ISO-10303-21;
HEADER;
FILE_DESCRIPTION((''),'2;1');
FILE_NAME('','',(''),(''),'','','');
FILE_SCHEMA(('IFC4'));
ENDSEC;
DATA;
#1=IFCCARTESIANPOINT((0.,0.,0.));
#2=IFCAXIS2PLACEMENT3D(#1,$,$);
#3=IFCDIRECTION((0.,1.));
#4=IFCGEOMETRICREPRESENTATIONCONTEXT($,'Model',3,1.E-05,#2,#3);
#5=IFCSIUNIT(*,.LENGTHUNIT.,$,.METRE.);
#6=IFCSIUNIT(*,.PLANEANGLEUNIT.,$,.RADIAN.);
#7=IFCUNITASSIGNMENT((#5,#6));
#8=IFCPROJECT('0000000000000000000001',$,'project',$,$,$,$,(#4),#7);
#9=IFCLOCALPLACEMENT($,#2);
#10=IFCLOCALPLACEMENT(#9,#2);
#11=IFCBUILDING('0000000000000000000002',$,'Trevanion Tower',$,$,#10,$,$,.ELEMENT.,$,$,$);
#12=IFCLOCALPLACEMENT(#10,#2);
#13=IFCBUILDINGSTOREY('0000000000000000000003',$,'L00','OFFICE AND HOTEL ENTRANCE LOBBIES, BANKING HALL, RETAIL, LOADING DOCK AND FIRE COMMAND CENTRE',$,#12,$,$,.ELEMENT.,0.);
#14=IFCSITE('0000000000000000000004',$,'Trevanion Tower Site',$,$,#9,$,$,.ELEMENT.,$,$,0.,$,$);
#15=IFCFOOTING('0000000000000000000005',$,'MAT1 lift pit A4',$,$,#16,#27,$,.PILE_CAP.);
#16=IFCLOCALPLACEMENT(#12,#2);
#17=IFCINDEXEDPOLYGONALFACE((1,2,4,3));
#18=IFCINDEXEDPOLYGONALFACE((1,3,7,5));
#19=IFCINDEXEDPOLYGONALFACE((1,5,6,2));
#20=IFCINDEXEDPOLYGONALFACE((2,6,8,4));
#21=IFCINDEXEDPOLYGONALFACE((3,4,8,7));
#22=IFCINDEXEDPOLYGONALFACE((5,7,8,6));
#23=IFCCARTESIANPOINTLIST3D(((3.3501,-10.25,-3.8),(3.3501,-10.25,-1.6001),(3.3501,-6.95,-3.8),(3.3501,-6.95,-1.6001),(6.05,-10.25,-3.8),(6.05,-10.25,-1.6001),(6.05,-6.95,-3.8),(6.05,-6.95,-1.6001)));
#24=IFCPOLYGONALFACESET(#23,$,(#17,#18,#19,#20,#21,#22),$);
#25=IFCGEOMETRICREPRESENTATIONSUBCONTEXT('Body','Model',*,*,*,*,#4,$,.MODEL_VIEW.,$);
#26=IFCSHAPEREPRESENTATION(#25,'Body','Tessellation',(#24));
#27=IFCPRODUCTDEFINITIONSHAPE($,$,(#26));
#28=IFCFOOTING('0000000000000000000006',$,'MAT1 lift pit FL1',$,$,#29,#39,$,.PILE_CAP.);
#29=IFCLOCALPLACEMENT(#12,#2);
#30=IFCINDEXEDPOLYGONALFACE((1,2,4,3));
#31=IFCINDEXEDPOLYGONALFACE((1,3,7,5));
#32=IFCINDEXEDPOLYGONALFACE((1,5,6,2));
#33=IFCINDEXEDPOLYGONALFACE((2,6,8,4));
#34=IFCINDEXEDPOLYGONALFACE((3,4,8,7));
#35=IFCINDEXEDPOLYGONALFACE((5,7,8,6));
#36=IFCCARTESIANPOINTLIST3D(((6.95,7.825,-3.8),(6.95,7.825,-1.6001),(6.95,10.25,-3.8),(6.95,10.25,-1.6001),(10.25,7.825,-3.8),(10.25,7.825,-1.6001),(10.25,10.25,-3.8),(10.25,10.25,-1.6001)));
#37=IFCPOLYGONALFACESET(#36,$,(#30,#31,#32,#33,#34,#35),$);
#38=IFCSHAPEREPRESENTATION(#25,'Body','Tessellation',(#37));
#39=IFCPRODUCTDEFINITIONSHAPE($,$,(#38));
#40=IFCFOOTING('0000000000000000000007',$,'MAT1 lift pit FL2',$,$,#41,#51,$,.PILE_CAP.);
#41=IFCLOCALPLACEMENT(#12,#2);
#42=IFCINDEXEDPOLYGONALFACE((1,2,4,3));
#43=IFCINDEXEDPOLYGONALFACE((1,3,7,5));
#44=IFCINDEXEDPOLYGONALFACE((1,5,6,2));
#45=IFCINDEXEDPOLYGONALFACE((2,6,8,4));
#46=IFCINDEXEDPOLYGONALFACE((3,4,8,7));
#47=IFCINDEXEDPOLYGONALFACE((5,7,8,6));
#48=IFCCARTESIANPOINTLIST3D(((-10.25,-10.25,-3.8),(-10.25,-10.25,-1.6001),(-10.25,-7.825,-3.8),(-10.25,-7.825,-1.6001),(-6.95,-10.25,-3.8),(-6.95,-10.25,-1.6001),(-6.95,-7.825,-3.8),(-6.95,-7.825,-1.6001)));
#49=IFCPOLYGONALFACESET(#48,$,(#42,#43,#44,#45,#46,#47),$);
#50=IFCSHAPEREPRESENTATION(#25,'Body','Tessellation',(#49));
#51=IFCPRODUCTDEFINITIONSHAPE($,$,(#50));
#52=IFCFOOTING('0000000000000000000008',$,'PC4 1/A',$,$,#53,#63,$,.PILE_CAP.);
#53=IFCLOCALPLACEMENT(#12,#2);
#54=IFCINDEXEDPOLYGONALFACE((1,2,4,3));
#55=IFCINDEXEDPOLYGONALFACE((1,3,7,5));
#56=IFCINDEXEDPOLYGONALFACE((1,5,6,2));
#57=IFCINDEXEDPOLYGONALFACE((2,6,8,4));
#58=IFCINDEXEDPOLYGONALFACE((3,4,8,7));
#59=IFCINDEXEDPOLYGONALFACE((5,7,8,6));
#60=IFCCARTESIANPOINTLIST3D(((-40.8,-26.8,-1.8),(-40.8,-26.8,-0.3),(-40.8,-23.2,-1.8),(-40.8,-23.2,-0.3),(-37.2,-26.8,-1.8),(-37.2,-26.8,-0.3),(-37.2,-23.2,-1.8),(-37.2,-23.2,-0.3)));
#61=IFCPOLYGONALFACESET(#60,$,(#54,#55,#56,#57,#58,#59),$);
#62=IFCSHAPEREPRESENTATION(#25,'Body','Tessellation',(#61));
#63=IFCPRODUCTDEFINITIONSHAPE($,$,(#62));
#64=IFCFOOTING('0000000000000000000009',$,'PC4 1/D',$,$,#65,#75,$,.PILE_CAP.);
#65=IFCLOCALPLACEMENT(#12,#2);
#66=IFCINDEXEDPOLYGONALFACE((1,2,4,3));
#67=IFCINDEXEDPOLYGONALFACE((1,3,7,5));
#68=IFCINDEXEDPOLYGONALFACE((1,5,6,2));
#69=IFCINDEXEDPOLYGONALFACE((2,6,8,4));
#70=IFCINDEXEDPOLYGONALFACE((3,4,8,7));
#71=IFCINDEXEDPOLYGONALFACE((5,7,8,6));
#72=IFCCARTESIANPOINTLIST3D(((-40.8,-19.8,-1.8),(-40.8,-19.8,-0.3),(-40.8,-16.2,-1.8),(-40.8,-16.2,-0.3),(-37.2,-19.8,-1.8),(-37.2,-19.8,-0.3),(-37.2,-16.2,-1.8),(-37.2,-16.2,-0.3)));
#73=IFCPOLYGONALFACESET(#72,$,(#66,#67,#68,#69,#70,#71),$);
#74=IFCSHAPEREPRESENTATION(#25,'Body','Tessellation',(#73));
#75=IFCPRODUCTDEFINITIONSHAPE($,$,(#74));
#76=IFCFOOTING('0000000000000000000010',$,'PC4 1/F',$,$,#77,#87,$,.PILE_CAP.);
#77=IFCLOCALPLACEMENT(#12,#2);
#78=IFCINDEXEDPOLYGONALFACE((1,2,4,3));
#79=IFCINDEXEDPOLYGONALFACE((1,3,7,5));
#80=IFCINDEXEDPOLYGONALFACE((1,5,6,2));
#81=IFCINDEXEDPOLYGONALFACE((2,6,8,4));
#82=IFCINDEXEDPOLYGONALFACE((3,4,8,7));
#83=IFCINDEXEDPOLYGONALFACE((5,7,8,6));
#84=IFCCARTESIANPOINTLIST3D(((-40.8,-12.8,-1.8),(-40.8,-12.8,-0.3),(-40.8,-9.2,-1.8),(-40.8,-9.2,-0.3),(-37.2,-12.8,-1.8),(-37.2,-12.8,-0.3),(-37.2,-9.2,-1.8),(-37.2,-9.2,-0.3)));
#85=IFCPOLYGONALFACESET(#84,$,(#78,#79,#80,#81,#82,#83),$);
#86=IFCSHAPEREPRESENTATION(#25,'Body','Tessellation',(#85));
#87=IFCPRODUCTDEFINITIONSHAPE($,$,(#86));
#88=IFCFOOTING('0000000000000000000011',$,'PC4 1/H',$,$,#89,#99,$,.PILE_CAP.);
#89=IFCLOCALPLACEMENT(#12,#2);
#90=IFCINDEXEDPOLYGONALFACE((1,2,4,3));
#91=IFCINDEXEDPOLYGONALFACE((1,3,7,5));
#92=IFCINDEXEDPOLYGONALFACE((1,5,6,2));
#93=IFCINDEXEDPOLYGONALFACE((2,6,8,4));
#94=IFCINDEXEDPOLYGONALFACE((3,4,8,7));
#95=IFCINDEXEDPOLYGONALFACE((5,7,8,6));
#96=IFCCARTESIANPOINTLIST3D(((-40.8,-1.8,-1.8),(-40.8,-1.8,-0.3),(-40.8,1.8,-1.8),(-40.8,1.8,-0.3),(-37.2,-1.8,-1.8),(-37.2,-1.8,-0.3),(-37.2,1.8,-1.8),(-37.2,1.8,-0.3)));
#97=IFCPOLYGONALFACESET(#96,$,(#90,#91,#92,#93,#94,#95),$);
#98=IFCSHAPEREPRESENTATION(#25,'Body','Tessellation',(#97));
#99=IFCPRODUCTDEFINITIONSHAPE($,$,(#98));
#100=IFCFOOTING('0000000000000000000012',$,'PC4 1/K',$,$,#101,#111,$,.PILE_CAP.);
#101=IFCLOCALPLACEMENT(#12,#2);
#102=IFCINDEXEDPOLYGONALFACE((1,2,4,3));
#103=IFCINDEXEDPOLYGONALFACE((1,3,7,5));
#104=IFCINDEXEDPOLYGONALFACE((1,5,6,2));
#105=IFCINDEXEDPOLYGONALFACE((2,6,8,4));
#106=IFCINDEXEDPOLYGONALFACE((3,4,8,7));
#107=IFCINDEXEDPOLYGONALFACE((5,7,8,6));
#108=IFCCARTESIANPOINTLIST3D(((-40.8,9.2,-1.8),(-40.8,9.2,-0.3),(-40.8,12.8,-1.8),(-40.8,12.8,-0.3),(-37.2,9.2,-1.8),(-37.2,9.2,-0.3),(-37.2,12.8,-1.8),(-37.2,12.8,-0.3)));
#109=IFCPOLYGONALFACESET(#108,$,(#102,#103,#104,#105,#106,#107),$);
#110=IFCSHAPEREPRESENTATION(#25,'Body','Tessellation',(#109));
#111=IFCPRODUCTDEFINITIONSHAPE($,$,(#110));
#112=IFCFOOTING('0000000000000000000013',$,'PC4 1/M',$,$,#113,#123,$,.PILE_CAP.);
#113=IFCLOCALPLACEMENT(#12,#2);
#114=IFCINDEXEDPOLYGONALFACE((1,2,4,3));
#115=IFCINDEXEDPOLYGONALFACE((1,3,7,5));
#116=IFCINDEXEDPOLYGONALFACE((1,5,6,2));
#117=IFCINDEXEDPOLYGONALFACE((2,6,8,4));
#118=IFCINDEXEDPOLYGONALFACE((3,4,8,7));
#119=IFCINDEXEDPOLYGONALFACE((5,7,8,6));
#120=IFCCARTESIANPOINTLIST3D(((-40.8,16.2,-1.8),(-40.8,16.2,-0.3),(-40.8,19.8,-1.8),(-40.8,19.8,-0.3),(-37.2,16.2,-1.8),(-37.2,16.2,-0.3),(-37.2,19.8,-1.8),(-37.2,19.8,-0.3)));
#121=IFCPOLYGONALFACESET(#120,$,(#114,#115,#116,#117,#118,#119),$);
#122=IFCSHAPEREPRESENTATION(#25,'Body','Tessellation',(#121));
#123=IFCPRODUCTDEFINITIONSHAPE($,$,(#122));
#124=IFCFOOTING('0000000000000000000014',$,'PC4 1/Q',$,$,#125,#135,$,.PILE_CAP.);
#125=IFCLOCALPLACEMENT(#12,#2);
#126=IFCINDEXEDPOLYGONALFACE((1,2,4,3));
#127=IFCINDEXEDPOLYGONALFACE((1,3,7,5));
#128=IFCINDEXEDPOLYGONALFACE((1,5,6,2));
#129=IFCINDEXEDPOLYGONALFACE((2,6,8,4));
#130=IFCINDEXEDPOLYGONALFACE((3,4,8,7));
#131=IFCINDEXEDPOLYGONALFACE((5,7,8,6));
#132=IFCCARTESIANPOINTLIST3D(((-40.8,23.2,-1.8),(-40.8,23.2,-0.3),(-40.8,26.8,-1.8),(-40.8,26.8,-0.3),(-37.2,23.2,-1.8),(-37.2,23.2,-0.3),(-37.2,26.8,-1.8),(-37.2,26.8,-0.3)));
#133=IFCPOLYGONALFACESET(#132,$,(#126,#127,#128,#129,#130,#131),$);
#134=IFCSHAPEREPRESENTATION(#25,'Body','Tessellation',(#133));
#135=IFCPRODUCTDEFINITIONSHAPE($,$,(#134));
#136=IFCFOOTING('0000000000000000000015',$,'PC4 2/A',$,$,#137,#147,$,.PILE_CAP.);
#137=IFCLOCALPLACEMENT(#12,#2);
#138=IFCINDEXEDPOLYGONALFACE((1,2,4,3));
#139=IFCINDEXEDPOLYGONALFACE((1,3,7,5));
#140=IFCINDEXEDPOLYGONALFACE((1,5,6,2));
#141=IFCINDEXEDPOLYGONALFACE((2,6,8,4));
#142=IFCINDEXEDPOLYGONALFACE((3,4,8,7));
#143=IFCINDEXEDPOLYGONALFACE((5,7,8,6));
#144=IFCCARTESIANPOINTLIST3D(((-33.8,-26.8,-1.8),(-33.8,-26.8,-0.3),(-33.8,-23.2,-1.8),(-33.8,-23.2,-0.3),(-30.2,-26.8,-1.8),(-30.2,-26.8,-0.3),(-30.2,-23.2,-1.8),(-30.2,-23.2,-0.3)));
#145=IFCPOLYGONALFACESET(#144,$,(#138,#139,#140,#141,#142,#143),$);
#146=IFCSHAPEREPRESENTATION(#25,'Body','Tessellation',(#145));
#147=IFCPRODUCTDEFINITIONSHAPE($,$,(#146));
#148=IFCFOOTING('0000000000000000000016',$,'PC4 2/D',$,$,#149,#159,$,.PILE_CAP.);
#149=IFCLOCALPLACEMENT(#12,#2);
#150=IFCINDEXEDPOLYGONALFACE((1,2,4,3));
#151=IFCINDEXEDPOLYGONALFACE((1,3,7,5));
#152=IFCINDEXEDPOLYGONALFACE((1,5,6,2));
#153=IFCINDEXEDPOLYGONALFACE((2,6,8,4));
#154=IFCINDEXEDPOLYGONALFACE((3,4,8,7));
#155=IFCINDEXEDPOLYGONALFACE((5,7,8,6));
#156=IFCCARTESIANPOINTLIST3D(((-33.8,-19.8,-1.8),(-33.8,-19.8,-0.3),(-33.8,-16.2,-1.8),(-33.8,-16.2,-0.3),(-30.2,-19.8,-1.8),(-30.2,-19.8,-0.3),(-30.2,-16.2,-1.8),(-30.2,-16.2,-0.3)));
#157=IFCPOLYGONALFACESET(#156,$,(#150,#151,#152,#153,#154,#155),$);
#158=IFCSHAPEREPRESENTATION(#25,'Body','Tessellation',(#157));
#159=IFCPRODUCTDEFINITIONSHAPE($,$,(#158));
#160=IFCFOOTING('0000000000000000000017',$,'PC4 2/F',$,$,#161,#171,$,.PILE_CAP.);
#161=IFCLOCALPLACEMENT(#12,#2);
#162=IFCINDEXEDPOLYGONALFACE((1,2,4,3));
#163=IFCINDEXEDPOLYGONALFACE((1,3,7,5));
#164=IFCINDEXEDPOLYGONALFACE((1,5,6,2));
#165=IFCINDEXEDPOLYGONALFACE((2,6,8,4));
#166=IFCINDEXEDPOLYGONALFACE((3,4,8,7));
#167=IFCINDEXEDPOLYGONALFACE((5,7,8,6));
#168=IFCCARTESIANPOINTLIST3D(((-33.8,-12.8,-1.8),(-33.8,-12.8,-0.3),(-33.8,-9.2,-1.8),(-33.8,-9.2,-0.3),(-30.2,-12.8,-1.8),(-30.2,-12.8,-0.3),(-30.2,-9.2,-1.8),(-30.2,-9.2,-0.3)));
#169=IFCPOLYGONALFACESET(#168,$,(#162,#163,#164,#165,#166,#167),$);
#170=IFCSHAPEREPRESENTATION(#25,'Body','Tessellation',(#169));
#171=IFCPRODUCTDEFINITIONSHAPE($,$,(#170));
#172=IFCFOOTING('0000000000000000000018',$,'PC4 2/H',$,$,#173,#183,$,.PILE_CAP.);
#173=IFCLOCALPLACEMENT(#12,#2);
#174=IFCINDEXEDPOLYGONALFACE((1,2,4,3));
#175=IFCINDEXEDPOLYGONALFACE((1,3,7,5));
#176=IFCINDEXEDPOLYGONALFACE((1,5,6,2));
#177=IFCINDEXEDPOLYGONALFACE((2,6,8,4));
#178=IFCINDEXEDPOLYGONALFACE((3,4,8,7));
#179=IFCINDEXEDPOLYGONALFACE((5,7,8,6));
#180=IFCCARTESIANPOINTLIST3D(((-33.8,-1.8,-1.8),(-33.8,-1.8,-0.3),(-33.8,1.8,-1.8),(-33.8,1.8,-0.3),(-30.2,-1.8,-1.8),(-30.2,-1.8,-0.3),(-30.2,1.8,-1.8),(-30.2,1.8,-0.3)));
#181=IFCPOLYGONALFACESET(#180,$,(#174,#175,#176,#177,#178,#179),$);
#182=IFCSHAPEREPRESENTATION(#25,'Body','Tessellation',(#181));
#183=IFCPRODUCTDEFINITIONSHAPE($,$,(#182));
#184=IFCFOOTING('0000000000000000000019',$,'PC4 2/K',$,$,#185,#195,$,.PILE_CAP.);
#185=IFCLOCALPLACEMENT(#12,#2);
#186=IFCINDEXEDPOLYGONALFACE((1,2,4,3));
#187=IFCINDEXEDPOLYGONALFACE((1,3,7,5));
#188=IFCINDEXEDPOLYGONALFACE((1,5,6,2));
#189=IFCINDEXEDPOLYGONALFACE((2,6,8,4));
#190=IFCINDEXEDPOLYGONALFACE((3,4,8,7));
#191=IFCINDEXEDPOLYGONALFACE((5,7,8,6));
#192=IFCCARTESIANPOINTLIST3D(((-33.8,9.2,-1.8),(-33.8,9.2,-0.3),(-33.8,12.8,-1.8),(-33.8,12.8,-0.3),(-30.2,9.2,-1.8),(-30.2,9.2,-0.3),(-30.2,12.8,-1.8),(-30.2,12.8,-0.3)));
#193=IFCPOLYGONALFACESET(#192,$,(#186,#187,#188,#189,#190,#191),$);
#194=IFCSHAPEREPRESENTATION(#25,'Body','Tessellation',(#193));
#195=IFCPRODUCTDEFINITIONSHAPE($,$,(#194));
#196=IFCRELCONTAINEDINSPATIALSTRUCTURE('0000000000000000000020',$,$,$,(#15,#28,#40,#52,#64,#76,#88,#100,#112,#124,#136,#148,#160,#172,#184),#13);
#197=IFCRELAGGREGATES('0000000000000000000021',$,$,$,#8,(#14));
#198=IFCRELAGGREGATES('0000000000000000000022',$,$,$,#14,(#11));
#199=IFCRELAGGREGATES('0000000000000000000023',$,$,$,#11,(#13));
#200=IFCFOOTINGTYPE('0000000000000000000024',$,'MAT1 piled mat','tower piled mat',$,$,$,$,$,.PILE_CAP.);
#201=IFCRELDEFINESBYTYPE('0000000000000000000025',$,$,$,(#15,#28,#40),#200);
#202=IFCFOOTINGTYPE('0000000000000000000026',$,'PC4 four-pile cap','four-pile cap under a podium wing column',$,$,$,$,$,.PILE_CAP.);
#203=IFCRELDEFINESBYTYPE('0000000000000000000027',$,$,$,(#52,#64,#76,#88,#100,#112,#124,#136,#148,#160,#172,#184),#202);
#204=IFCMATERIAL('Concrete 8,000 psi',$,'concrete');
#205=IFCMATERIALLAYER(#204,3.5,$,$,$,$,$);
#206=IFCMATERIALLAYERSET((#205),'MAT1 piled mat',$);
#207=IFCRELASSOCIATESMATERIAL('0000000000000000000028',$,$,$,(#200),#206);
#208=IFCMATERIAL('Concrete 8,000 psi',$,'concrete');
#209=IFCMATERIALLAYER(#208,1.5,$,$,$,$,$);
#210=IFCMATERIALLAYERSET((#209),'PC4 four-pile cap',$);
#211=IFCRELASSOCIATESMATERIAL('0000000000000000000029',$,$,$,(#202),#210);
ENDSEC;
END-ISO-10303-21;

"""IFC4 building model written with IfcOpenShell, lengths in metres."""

from ifc_helpers import new_model, si_unit, direction, frame, origin, place, context, subcontext, project, spatial, polyline, outline, extrude, material, layer, layer_set, type_object, element, save


model = new_model("IFC4")

# Units and contexts
model_context = context("Model", 3, precision=1e-05, world=origin(), true_north=direction((0.0, 1.0)))
body_context = subcontext(model_context, "Body", "Model", "MODEL_VIEW")
ifc_project = project(units=[si_unit("LENGTHUNIT", "METRE"), si_unit("PLANEANGLEUNIT", "RADIAN")], contexts=[model_context])

# Site, building, storey
site_placement = place(None, origin())
site = spatial("IfcSite", under=ifc_project, at=site_placement, Name="Trevanion Tower Site", CompositionType="ELEMENT", RefElevation=0.0)
building_placement = place(site_placement, origin())
building = spatial("IfcBuilding", under=site, at=building_placement, Name="Trevanion Tower", CompositionType="ELEMENT")
storey_placement = place(building_placement, origin())
storey = spatial("IfcBuildingStorey", under=building, at=storey_placement, Name="L00", Description="OFFICE AND HOTEL ENTRANCE LOBBIES, BANKING HALL, RETAIL, LOADING DOCK AND FIRE COMMAND CENTRE", CompositionType="ELEMENT", Elevation=0.0)

# Footings
ifc_material_1 = material(Name="Concrete 8,000 psi", Category="concrete")
ifc_layer_1 = layer(ifc_material_1, 3.5)
ifc_layer_set_1 = layer_set([ifc_layer_1], Name="MAT1 piled mat")
footing_type_1 = type_object("IfcFootingType", Name="MAT1 piled mat", Description="tower piled mat", PredefinedType="PILE_CAP", material=ifc_layer_set_1)
footing_1_placement = place(storey_placement, frame((0.0, 0.0, -3.8)))
element("IfcFooting", 1, at=footing_1_placement, inside=storey, type_object=footing_type_1, Name="MAT1 lift pit A4", PredefinedType="PILE_CAP", context=body_context, shape_type="SweptSolid", body=[
    extrude(outline(polyline([(3.3501, -10.25), (6.05, -10.25), (6.05, -6.95), (3.3501, -6.95), (3.3501, -10.25)])), origin(), (0.0, 0.0, 1.0), 2.2),
])
footing_2_placement = place(storey_placement, frame((0.0, 0.0, -3.8)))
element("IfcFooting", 2, at=footing_2_placement, inside=storey, type_object=footing_type_1, Name="MAT1 lift pit FL1", PredefinedType="PILE_CAP", context=body_context, shape_type="SweptSolid", body=[
    extrude(outline(polyline([(6.95, 7.825), (10.25, 7.825), (10.25, 10.25), (6.95, 10.25), (6.95, 7.825)])), origin(), (0.0, 0.0, 1.0), 2.2),
])
footing_3_placement = place(storey_placement, frame((0.0, 0.0, -3.8)))
element("IfcFooting", 3, at=footing_3_placement, inside=storey, type_object=footing_type_1, Name="MAT1 lift pit FL2", PredefinedType="PILE_CAP", context=body_context, shape_type="SweptSolid", body=[
    extrude(outline(polyline([(-10.25, -10.25), (-6.95, -10.25), (-6.95, -7.825), (-10.25, -7.825), (-10.25, -10.25)])), origin(), (0.0, 0.0, 1.0), 2.2),
])
ifc_material_2 = material(Name="Concrete 8,000 psi", Category="concrete")
ifc_layer_2 = layer(ifc_material_2, 1.5)
ifc_layer_set_2 = layer_set([ifc_layer_2], Name="PC4 four-pile cap")
footing_type_2 = type_object("IfcFootingType", Name="PC4 four-pile cap", Description="four-pile cap under a podium wing column", PredefinedType="PILE_CAP", material=ifc_layer_set_2)
footing_4_placement = place(storey_placement, frame((0.0, 0.0, -1.8)))
element("IfcFooting", 4, at=footing_4_placement, inside=storey, type_object=footing_type_2, Name="PC4 1/A", PredefinedType="PILE_CAP", context=body_context, shape_type="SweptSolid", body=[
    extrude(outline(polyline([(-37.2, -26.8), (-37.2, -23.2), (-40.8, -23.2), (-40.8, -26.8), (-37.2, -26.8)])), origin(), (0.0, 0.0, 1.0), 1.5),
])
footing_5_placement = place(storey_placement, frame((0.0, 0.0, -1.8)))
element("IfcFooting", 5, at=footing_5_placement, inside=storey, type_object=footing_type_2, Name="PC4 1/D", PredefinedType="PILE_CAP", context=body_context, shape_type="SweptSolid", body=[
    extrude(outline(polyline([(-37.2, -19.8), (-37.2, -16.2), (-40.8, -16.2), (-40.8, -19.8), (-37.2, -19.8)])), origin(), (0.0, 0.0, 1.0), 1.5),
])
footing_6_placement = place(storey_placement, frame((0.0, 0.0, -1.8)))
element("IfcFooting", 6, at=footing_6_placement, inside=storey, type_object=footing_type_2, Name="PC4 1/F", PredefinedType="PILE_CAP", context=body_context, shape_type="SweptSolid", body=[
    extrude(outline(polyline([(-37.2, -12.8), (-37.2, -9.2), (-40.8, -9.2), (-40.8, -12.8), (-37.2, -12.8)])), origin(), (0.0, 0.0, 1.0), 1.5),
])
footing_7_placement = place(storey_placement, frame((0.0, 0.0, -1.8)))
element("IfcFooting", 7, at=footing_7_placement, inside=storey, type_object=footing_type_2, Name="PC4 1/H", PredefinedType="PILE_CAP", context=body_context, shape_type="SweptSolid", body=[
    extrude(outline(polyline([(-37.2, -1.8), (-37.2, 1.8), (-40.8, 1.8), (-40.8, -1.8), (-37.2, -1.8)])), origin(), (0.0, 0.0, 1.0), 1.5),
])
footing_8_placement = place(storey_placement, frame((0.0, 0.0, -1.8)))
element("IfcFooting", 8, at=footing_8_placement, inside=storey, type_object=footing_type_2, Name="PC4 1/K", PredefinedType="PILE_CAP", context=body_context, shape_type="SweptSolid", body=[
    extrude(outline(polyline([(-37.2, 9.2), (-37.2, 12.8), (-40.8, 12.8), (-40.8, 9.2), (-37.2, 9.2)])), origin(), (0.0, 0.0, 1.0), 1.5),
])
footing_9_placement = place(storey_placement, frame((0.0, 0.0, -1.8)))
element("IfcFooting", 9, at=footing_9_placement, inside=storey, type_object=footing_type_2, Name="PC4 1/M", PredefinedType="PILE_CAP", context=body_context, shape_type="SweptSolid", body=[
    extrude(outline(polyline([(-37.2, 16.2), (-37.2, 19.8), (-40.8, 19.8), (-40.8, 16.2), (-37.2, 16.2)])), origin(), (0.0, 0.0, 1.0), 1.5),
])
footing_10_placement = place(storey_placement, frame((0.0, 0.0, -1.8)))
element("IfcFooting", 10, at=footing_10_placement, inside=storey, type_object=footing_type_2, Name="PC4 1/Q", PredefinedType="PILE_CAP", context=body_context, shape_type="SweptSolid", body=[
    extrude(outline(polyline([(-37.2, 23.2), (-37.2, 26.8), (-40.8, 26.8), (-40.8, 23.2), (-37.2, 23.2)])), origin(), (0.0, 0.0, 1.0), 1.5),
])
footing_11_placement = place(storey_placement, frame((0.0, 0.0, -1.8)))
element("IfcFooting", 11, at=footing_11_placement, inside=storey, type_object=footing_type_2, Name="PC4 2/A", PredefinedType="PILE_CAP", context=body_context, shape_type="SweptSolid", body=[
    extrude(outline(polyline([(-30.2, -26.8), (-30.2, -23.2), (-33.8, -23.2), (-33.8, -26.8), (-30.2, -26.8)])), origin(), (0.0, 0.0, 1.0), 1.5),
])
footing_12_placement = place(storey_placement, frame((0.0, 0.0, -1.8)))
element("IfcFooting", 12, at=footing_12_placement, inside=storey, type_object=footing_type_2, Name="PC4 2/D", PredefinedType="PILE_CAP", context=body_context, shape_type="SweptSolid", body=[
    extrude(outline(polyline([(-30.2, -19.8), (-30.2, -16.2), (-33.8, -16.2), (-33.8, -19.8), (-30.2, -19.8)])), origin(), (0.0, 0.0, 1.0), 1.5),
])
footing_13_placement = place(storey_placement, frame((0.0, 0.0, -1.8)))
element("IfcFooting", 13, at=footing_13_placement, inside=storey, type_object=footing_type_2, Name="PC4 2/F", PredefinedType="PILE_CAP", context=body_context, shape_type="SweptSolid", body=[
    extrude(outline(polyline([(-30.2, -12.8), (-30.2, -9.2), (-33.8, -9.2), (-33.8, -12.8), (-30.2, -12.8)])), origin(), (0.0, 0.0, 1.0), 1.5),
])
footing_14_placement = place(storey_placement, frame((0.0, 0.0, -1.8)))
element("IfcFooting", 14, at=footing_14_placement, inside=storey, type_object=footing_type_2, Name="PC4 2/H", PredefinedType="PILE_CAP", context=body_context, shape_type="SweptSolid", body=[
    extrude(outline(polyline([(-30.2, -1.8), (-30.2, 1.8), (-33.8, 1.8), (-33.8, -1.8), (-30.2, -1.8)])), origin(), (0.0, 0.0, 1.0), 1.5),
])
footing_15_placement = place(storey_placement, frame((0.0, 0.0, -1.8)))
element("IfcFooting", 15, at=footing_15_placement, inside=storey, type_object=footing_type_2, Name="PC4 2/K", PredefinedType="PILE_CAP", context=body_context, shape_type="SweptSolid", body=[
    extrude(outline(polyline([(-30.2, 9.2), (-30.2, 12.8), (-33.8, 12.8), (-33.8, 9.2), (-30.2, 9.2)])), origin(), (0.0, 0.0, 1.0), 1.5),
])

save(model, "model.ifc")
